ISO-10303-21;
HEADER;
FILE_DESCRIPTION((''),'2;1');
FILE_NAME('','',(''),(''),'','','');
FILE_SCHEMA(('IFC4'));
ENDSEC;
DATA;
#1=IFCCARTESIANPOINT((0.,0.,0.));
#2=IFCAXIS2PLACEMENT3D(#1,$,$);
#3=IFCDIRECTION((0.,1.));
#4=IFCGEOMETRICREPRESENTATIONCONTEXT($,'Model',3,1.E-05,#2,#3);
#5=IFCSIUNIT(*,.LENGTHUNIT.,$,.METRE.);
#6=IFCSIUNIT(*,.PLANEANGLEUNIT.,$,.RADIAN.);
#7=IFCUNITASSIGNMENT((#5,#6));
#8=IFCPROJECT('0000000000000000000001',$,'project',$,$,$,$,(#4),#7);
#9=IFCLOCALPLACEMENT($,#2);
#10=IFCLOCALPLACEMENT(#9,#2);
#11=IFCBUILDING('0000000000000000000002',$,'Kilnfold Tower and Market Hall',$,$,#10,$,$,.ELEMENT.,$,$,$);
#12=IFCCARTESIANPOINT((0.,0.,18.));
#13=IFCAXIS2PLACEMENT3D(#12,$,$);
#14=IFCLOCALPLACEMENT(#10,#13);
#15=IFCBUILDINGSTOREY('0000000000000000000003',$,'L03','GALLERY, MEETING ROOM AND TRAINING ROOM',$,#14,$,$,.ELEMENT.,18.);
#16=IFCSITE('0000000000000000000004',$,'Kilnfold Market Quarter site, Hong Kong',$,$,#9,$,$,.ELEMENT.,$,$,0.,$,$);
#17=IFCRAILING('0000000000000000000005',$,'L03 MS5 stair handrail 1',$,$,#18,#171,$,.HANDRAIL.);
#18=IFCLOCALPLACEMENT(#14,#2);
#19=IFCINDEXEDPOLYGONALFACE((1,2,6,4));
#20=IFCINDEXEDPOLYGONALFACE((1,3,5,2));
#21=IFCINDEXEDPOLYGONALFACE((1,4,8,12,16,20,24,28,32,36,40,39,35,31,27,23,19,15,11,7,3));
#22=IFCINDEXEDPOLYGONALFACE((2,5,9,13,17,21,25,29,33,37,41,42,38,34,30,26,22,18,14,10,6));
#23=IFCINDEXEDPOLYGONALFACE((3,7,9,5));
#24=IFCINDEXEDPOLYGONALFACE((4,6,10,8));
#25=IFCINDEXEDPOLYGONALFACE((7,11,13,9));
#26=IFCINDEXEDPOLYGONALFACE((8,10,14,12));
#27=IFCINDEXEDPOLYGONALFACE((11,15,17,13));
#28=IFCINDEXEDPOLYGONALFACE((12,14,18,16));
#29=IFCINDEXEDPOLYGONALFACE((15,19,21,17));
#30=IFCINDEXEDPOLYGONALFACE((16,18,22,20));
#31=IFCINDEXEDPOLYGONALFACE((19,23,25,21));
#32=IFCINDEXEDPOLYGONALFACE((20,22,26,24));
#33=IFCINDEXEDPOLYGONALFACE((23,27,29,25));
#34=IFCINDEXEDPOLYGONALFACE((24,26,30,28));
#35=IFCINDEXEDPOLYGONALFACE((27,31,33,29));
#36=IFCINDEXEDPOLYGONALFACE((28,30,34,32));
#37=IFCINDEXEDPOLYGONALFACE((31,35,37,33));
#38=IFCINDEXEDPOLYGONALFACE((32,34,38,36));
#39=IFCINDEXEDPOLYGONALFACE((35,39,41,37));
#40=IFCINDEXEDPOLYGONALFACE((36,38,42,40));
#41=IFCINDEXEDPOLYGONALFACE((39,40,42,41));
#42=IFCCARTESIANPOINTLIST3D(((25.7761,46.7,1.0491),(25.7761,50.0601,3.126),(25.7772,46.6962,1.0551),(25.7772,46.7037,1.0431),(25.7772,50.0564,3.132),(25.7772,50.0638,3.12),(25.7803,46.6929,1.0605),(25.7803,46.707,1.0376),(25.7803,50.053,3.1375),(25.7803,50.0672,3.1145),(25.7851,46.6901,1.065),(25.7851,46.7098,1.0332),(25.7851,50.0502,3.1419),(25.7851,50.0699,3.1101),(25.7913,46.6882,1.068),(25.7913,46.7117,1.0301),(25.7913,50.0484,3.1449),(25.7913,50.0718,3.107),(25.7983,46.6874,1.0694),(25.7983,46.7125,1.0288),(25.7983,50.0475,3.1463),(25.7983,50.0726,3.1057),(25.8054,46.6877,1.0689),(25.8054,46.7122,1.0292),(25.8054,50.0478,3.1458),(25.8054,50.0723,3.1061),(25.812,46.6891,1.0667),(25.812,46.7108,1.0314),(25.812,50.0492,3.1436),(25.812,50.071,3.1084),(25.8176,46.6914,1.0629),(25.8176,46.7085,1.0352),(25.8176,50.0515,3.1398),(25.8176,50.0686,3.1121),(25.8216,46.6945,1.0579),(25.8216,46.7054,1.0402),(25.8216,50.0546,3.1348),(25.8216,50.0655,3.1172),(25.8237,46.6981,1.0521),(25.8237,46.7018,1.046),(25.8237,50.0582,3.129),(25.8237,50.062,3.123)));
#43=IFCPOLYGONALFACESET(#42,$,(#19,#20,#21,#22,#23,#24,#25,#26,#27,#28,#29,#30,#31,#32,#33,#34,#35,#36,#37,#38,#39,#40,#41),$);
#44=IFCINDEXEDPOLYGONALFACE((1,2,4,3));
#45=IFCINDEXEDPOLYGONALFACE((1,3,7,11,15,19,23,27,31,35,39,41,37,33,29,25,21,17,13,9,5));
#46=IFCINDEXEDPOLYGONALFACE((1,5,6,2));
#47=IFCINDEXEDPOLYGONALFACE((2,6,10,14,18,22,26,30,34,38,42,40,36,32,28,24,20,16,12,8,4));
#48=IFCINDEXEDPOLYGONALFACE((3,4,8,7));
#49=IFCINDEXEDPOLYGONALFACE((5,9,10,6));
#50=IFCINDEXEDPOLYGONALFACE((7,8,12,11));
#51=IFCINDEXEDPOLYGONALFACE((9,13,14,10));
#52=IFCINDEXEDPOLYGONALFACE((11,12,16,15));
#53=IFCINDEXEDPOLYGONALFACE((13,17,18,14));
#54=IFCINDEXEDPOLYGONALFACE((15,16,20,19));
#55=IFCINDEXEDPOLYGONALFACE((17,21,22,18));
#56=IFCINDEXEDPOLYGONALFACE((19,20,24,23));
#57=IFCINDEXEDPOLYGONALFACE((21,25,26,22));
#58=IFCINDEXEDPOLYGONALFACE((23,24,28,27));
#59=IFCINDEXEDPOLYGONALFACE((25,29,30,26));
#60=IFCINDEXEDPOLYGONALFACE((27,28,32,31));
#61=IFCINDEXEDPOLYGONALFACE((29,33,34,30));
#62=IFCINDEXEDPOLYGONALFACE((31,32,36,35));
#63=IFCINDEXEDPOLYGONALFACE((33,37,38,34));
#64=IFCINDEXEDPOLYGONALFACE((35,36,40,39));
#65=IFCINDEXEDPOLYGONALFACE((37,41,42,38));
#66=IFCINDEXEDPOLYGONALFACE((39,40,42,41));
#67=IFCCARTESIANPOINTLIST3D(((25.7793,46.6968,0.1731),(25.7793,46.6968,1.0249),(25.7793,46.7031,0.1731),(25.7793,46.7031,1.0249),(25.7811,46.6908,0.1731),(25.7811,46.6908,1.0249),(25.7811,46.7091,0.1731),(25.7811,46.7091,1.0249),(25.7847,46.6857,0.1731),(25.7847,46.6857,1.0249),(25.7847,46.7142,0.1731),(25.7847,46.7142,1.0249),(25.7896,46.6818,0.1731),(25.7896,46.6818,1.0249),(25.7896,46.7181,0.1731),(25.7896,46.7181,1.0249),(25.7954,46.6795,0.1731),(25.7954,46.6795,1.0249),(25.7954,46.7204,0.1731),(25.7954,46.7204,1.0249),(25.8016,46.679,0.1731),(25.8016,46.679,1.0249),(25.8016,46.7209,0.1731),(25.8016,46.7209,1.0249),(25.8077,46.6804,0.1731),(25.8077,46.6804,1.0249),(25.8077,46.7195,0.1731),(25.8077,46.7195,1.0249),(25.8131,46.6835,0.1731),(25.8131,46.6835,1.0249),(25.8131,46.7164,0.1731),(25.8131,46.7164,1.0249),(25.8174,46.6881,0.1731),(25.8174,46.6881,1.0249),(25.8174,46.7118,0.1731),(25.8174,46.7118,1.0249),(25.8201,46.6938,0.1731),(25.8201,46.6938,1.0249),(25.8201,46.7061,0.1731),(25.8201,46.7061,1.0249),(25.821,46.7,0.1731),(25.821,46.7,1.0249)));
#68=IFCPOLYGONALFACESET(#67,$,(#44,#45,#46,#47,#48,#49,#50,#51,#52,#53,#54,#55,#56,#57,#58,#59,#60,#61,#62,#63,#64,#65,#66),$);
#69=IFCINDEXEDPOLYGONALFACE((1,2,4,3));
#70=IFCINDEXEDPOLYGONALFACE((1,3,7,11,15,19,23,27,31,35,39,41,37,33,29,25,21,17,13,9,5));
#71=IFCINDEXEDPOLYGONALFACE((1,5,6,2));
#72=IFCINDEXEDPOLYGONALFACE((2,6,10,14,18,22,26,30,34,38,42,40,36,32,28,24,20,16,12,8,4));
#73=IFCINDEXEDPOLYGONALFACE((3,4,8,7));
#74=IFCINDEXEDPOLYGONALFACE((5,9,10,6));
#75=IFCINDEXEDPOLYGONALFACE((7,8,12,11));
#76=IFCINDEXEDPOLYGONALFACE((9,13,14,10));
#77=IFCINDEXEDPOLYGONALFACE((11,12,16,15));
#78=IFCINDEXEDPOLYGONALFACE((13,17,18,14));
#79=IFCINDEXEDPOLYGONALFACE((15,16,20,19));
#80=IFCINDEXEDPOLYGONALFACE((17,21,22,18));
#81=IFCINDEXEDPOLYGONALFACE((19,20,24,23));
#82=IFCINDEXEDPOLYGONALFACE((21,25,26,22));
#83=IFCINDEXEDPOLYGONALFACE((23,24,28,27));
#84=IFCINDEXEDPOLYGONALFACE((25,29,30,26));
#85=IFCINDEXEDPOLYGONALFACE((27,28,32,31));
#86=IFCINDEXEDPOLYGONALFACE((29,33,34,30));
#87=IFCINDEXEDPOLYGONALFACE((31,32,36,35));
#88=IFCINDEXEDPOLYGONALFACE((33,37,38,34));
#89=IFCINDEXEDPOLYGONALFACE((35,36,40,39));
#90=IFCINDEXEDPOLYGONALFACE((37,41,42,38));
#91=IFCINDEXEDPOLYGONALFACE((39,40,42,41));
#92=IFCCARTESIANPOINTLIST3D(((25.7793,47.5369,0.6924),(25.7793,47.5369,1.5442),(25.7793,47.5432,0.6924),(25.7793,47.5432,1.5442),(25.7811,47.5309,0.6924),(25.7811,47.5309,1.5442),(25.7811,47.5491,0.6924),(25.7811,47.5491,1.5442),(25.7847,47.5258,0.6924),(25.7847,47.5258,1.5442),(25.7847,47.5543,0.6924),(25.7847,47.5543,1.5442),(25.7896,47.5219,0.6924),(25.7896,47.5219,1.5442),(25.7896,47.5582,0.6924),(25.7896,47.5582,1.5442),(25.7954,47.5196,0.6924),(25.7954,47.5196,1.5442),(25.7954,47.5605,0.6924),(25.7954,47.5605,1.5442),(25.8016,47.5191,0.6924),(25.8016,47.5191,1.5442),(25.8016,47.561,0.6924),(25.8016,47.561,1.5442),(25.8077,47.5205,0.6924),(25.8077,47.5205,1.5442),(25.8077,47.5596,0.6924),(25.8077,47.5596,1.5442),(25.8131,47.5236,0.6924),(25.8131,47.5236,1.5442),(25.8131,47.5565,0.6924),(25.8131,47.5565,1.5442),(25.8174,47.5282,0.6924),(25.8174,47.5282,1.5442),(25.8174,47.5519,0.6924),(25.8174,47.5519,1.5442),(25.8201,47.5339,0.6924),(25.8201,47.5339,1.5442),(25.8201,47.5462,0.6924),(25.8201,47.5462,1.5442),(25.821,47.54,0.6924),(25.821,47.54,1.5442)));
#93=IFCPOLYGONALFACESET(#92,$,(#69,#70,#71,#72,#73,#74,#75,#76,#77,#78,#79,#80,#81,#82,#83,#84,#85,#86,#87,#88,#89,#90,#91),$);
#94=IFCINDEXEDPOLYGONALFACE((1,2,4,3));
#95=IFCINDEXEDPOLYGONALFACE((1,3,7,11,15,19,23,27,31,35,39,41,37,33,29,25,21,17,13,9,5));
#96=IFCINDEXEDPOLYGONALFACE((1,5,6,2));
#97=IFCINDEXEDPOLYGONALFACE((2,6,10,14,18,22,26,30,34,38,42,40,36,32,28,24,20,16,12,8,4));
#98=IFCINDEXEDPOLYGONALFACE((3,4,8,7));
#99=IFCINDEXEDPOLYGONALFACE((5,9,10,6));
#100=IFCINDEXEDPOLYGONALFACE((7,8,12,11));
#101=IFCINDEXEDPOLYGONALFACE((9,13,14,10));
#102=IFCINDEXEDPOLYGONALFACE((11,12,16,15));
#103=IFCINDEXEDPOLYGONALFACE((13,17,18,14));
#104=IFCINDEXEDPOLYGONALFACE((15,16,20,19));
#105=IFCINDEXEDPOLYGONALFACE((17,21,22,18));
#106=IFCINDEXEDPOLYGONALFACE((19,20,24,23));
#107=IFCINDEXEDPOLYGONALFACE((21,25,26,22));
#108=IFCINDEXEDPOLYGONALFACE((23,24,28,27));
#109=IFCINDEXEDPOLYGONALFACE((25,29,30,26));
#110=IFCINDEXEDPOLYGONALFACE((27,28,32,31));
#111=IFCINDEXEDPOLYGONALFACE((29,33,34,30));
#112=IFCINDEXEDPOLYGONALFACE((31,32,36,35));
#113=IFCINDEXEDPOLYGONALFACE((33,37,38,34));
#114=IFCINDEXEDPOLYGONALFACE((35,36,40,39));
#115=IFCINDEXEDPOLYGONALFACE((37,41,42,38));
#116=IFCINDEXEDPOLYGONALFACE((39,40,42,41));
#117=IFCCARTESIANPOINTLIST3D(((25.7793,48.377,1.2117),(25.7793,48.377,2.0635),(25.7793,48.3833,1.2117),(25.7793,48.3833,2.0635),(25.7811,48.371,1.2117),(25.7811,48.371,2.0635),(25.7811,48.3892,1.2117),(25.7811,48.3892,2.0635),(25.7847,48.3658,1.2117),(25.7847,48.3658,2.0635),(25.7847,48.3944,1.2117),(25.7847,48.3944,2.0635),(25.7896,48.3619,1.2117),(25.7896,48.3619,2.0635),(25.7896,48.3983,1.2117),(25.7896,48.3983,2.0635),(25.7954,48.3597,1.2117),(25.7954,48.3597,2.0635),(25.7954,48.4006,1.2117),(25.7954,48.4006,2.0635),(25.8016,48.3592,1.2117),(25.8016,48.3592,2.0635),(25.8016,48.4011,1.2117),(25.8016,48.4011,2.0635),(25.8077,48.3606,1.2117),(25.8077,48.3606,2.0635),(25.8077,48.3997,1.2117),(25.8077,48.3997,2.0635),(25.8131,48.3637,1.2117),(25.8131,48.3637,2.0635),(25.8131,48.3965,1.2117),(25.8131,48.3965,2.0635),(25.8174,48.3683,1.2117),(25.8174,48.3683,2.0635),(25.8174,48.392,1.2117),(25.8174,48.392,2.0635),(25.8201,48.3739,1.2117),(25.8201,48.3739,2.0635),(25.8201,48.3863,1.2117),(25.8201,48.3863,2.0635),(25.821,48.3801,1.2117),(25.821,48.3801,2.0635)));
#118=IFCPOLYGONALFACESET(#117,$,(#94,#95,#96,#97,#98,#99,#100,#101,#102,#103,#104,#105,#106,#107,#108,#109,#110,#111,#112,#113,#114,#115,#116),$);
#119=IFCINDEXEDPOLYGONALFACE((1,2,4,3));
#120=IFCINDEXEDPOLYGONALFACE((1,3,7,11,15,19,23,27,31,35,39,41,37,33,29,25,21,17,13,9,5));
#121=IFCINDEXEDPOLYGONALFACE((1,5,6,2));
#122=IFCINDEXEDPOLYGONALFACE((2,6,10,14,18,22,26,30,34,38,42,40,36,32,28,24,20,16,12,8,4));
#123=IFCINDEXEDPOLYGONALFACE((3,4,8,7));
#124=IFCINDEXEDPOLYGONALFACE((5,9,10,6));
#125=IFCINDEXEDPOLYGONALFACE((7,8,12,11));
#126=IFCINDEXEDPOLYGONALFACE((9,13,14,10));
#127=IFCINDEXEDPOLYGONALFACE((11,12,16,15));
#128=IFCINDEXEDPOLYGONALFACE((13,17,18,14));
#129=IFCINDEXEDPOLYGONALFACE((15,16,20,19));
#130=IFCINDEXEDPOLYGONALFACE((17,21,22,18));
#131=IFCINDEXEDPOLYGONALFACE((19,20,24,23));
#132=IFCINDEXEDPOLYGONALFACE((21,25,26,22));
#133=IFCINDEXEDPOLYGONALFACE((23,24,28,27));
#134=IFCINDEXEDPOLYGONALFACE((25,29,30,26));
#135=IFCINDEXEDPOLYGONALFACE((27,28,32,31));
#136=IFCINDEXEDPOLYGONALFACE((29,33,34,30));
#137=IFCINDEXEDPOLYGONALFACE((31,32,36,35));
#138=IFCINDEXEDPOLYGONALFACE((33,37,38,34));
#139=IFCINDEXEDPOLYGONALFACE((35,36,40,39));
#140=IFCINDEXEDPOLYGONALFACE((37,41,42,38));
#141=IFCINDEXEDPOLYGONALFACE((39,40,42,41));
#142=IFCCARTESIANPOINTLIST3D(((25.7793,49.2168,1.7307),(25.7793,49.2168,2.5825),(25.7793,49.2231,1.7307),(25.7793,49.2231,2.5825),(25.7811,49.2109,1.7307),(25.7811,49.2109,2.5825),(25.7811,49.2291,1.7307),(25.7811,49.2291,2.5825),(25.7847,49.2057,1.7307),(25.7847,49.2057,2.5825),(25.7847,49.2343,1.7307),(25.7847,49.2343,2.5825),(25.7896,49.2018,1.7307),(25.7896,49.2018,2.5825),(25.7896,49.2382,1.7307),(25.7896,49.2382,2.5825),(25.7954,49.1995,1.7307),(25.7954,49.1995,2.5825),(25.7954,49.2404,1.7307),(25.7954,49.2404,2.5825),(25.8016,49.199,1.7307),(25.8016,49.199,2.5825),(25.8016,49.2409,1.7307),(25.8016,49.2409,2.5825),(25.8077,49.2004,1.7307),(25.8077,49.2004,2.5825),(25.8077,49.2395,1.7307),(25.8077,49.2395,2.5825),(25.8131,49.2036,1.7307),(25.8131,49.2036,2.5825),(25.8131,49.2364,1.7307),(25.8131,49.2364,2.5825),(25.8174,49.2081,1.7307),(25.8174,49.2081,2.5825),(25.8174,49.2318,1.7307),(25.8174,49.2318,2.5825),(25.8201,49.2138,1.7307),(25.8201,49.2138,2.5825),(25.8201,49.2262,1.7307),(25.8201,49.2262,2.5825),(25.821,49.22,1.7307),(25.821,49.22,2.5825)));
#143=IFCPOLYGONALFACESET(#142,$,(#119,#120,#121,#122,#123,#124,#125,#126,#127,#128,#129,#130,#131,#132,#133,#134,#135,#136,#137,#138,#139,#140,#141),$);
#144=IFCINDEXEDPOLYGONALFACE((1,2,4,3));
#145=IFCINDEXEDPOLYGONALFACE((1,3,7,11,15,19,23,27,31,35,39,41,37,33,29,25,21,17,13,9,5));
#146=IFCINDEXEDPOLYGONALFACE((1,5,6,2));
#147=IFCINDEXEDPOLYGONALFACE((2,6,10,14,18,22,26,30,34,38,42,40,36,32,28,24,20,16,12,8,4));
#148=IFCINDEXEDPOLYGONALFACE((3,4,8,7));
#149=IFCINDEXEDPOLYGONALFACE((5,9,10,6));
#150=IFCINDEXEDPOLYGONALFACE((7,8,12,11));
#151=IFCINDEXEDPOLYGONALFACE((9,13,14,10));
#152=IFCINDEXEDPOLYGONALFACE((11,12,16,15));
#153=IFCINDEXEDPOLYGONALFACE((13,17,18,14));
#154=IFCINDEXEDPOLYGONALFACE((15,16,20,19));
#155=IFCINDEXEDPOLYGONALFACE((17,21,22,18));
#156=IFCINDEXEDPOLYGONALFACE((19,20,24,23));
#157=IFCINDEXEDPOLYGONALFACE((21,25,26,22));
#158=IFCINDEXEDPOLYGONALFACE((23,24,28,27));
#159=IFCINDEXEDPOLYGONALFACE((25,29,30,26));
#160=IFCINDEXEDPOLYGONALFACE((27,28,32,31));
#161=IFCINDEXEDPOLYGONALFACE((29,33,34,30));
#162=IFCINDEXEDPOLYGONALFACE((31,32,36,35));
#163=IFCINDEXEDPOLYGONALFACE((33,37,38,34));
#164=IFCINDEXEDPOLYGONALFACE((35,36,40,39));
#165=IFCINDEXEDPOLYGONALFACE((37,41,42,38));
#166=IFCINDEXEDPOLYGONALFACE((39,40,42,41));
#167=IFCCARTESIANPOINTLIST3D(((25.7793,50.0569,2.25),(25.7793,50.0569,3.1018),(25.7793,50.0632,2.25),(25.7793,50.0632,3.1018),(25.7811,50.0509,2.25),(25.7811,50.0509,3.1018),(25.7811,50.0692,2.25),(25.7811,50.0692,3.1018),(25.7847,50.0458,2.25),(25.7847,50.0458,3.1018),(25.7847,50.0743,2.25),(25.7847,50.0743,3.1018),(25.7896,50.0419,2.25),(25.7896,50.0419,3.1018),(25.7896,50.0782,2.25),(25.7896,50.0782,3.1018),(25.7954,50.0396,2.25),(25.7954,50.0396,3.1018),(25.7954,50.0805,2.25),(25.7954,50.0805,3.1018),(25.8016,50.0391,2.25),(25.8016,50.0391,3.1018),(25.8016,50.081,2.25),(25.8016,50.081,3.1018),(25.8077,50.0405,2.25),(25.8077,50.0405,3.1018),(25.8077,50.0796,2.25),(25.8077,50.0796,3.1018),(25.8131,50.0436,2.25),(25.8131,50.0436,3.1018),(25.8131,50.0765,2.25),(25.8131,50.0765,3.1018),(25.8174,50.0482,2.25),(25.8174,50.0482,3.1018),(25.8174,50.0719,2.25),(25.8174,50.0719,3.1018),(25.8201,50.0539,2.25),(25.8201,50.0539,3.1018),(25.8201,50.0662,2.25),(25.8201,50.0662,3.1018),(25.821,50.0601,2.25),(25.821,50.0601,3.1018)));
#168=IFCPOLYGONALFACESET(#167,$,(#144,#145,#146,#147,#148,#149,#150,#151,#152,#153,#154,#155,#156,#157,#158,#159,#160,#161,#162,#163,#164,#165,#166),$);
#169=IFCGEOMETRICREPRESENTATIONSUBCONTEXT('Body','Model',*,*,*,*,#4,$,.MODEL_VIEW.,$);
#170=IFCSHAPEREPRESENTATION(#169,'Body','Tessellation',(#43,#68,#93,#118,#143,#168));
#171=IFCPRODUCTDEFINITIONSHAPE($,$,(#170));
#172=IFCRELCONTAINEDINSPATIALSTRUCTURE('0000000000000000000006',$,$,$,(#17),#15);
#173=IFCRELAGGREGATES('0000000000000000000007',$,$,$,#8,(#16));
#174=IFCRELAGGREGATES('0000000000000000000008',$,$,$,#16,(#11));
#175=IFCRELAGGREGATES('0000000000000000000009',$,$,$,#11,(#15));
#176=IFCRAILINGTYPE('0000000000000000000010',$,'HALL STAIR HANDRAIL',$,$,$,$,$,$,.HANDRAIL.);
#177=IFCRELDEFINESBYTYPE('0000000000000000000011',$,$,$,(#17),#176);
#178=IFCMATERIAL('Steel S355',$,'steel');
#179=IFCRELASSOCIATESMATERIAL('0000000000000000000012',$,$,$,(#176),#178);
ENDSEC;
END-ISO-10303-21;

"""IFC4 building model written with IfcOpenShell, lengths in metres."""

from ifc_helpers import new_model, si_unit, direction, frame, origin, origin_2d, place, context, subcontext, project, spatial, circle, extrude, material, type_object, element, save


model = new_model("IFC4")

# Units and contexts
model_context = context("Model", 3, precision=1e-05, world=origin(), true_north=direction((0.0, 1.0)))
body_context = subcontext(model_context, "Body", "Model", "MODEL_VIEW")
ifc_project = project(units=[si_unit("LENGTHUNIT", "METRE"), si_unit("PLANEANGLEUNIT", "RADIAN")], contexts=[model_context])

# Site, building, storey
site_placement = place(None, origin())
site = spatial("IfcSite", under=ifc_project, at=site_placement, Name="Kilnfold Market Quarter site, Hong Kong", CompositionType="ELEMENT", RefElevation=0.0)
building_placement = place(site_placement, origin())
building = spatial("IfcBuilding", under=site, at=building_placement, Name="Kilnfold Tower and Market Hall", CompositionType="ELEMENT")
storey_placement = place(building_placement, frame((0.0, 0.0, 18.0)))
storey = spatial("IfcBuildingStorey", under=building, at=storey_placement, Name="L03", Description="GALLERY, MEETING ROOM AND TRAINING ROOM", CompositionType="ELEMENT", Elevation=18.0)

# Railing
ifc_material_1 = material(Name="Steel S355", Category="steel")
railing_type_1 = type_object("IfcRailingType", Name="HALL STAIR HANDRAIL", PredefinedType="HANDRAIL", material=ifc_material_1)
railing_1_placement = place(storey_placement, frame((25.8, 46.7, 0.1731)))
element("IfcRailing", 1, at=railing_1_placement, inside=storey, type_object=railing_type_1, Name="L03 MS5 stair handrail 1", PredefinedType="HANDRAIL", context=body_context, shape_type="SweptSolid", body=[
    extrude(circle(Radius=0.0239, at=origin_2d()), frame((0.0, 0.0, 0.876), z_axis=(0.0, 0.850623, 0.525776), x_axis=(-1.0, 0.0, 0.0)), (0.0, 0.0, 1.0), 3.9502),
    extrude(circle(Radius=0.021, at=origin_2d()), origin(), (0.0, 0.0, 1.0), 0.8518),
    extrude(circle(Radius=0.021, at=origin_2d()), frame((0.0, 0.8401, 0.5193)), (0.0, 0.0, 1.0), 0.8518),
    extrude(circle(Radius=0.021, at=origin_2d()), frame((0.0, 1.6802, 1.0386)), (0.0, 0.0, 1.0), 0.8518),
    extrude(circle(Radius=0.021, at=origin_2d()), frame((0.0, 2.52, 1.5576)), (0.0, 0.0, 1.0), 0.8518),
    extrude(circle(Radius=0.021, at=origin_2d()), frame((0.0, 3.3601, 2.0769)), (0.0, 0.0, 1.0), 0.8518),
])

save(model, "model.ifc")
